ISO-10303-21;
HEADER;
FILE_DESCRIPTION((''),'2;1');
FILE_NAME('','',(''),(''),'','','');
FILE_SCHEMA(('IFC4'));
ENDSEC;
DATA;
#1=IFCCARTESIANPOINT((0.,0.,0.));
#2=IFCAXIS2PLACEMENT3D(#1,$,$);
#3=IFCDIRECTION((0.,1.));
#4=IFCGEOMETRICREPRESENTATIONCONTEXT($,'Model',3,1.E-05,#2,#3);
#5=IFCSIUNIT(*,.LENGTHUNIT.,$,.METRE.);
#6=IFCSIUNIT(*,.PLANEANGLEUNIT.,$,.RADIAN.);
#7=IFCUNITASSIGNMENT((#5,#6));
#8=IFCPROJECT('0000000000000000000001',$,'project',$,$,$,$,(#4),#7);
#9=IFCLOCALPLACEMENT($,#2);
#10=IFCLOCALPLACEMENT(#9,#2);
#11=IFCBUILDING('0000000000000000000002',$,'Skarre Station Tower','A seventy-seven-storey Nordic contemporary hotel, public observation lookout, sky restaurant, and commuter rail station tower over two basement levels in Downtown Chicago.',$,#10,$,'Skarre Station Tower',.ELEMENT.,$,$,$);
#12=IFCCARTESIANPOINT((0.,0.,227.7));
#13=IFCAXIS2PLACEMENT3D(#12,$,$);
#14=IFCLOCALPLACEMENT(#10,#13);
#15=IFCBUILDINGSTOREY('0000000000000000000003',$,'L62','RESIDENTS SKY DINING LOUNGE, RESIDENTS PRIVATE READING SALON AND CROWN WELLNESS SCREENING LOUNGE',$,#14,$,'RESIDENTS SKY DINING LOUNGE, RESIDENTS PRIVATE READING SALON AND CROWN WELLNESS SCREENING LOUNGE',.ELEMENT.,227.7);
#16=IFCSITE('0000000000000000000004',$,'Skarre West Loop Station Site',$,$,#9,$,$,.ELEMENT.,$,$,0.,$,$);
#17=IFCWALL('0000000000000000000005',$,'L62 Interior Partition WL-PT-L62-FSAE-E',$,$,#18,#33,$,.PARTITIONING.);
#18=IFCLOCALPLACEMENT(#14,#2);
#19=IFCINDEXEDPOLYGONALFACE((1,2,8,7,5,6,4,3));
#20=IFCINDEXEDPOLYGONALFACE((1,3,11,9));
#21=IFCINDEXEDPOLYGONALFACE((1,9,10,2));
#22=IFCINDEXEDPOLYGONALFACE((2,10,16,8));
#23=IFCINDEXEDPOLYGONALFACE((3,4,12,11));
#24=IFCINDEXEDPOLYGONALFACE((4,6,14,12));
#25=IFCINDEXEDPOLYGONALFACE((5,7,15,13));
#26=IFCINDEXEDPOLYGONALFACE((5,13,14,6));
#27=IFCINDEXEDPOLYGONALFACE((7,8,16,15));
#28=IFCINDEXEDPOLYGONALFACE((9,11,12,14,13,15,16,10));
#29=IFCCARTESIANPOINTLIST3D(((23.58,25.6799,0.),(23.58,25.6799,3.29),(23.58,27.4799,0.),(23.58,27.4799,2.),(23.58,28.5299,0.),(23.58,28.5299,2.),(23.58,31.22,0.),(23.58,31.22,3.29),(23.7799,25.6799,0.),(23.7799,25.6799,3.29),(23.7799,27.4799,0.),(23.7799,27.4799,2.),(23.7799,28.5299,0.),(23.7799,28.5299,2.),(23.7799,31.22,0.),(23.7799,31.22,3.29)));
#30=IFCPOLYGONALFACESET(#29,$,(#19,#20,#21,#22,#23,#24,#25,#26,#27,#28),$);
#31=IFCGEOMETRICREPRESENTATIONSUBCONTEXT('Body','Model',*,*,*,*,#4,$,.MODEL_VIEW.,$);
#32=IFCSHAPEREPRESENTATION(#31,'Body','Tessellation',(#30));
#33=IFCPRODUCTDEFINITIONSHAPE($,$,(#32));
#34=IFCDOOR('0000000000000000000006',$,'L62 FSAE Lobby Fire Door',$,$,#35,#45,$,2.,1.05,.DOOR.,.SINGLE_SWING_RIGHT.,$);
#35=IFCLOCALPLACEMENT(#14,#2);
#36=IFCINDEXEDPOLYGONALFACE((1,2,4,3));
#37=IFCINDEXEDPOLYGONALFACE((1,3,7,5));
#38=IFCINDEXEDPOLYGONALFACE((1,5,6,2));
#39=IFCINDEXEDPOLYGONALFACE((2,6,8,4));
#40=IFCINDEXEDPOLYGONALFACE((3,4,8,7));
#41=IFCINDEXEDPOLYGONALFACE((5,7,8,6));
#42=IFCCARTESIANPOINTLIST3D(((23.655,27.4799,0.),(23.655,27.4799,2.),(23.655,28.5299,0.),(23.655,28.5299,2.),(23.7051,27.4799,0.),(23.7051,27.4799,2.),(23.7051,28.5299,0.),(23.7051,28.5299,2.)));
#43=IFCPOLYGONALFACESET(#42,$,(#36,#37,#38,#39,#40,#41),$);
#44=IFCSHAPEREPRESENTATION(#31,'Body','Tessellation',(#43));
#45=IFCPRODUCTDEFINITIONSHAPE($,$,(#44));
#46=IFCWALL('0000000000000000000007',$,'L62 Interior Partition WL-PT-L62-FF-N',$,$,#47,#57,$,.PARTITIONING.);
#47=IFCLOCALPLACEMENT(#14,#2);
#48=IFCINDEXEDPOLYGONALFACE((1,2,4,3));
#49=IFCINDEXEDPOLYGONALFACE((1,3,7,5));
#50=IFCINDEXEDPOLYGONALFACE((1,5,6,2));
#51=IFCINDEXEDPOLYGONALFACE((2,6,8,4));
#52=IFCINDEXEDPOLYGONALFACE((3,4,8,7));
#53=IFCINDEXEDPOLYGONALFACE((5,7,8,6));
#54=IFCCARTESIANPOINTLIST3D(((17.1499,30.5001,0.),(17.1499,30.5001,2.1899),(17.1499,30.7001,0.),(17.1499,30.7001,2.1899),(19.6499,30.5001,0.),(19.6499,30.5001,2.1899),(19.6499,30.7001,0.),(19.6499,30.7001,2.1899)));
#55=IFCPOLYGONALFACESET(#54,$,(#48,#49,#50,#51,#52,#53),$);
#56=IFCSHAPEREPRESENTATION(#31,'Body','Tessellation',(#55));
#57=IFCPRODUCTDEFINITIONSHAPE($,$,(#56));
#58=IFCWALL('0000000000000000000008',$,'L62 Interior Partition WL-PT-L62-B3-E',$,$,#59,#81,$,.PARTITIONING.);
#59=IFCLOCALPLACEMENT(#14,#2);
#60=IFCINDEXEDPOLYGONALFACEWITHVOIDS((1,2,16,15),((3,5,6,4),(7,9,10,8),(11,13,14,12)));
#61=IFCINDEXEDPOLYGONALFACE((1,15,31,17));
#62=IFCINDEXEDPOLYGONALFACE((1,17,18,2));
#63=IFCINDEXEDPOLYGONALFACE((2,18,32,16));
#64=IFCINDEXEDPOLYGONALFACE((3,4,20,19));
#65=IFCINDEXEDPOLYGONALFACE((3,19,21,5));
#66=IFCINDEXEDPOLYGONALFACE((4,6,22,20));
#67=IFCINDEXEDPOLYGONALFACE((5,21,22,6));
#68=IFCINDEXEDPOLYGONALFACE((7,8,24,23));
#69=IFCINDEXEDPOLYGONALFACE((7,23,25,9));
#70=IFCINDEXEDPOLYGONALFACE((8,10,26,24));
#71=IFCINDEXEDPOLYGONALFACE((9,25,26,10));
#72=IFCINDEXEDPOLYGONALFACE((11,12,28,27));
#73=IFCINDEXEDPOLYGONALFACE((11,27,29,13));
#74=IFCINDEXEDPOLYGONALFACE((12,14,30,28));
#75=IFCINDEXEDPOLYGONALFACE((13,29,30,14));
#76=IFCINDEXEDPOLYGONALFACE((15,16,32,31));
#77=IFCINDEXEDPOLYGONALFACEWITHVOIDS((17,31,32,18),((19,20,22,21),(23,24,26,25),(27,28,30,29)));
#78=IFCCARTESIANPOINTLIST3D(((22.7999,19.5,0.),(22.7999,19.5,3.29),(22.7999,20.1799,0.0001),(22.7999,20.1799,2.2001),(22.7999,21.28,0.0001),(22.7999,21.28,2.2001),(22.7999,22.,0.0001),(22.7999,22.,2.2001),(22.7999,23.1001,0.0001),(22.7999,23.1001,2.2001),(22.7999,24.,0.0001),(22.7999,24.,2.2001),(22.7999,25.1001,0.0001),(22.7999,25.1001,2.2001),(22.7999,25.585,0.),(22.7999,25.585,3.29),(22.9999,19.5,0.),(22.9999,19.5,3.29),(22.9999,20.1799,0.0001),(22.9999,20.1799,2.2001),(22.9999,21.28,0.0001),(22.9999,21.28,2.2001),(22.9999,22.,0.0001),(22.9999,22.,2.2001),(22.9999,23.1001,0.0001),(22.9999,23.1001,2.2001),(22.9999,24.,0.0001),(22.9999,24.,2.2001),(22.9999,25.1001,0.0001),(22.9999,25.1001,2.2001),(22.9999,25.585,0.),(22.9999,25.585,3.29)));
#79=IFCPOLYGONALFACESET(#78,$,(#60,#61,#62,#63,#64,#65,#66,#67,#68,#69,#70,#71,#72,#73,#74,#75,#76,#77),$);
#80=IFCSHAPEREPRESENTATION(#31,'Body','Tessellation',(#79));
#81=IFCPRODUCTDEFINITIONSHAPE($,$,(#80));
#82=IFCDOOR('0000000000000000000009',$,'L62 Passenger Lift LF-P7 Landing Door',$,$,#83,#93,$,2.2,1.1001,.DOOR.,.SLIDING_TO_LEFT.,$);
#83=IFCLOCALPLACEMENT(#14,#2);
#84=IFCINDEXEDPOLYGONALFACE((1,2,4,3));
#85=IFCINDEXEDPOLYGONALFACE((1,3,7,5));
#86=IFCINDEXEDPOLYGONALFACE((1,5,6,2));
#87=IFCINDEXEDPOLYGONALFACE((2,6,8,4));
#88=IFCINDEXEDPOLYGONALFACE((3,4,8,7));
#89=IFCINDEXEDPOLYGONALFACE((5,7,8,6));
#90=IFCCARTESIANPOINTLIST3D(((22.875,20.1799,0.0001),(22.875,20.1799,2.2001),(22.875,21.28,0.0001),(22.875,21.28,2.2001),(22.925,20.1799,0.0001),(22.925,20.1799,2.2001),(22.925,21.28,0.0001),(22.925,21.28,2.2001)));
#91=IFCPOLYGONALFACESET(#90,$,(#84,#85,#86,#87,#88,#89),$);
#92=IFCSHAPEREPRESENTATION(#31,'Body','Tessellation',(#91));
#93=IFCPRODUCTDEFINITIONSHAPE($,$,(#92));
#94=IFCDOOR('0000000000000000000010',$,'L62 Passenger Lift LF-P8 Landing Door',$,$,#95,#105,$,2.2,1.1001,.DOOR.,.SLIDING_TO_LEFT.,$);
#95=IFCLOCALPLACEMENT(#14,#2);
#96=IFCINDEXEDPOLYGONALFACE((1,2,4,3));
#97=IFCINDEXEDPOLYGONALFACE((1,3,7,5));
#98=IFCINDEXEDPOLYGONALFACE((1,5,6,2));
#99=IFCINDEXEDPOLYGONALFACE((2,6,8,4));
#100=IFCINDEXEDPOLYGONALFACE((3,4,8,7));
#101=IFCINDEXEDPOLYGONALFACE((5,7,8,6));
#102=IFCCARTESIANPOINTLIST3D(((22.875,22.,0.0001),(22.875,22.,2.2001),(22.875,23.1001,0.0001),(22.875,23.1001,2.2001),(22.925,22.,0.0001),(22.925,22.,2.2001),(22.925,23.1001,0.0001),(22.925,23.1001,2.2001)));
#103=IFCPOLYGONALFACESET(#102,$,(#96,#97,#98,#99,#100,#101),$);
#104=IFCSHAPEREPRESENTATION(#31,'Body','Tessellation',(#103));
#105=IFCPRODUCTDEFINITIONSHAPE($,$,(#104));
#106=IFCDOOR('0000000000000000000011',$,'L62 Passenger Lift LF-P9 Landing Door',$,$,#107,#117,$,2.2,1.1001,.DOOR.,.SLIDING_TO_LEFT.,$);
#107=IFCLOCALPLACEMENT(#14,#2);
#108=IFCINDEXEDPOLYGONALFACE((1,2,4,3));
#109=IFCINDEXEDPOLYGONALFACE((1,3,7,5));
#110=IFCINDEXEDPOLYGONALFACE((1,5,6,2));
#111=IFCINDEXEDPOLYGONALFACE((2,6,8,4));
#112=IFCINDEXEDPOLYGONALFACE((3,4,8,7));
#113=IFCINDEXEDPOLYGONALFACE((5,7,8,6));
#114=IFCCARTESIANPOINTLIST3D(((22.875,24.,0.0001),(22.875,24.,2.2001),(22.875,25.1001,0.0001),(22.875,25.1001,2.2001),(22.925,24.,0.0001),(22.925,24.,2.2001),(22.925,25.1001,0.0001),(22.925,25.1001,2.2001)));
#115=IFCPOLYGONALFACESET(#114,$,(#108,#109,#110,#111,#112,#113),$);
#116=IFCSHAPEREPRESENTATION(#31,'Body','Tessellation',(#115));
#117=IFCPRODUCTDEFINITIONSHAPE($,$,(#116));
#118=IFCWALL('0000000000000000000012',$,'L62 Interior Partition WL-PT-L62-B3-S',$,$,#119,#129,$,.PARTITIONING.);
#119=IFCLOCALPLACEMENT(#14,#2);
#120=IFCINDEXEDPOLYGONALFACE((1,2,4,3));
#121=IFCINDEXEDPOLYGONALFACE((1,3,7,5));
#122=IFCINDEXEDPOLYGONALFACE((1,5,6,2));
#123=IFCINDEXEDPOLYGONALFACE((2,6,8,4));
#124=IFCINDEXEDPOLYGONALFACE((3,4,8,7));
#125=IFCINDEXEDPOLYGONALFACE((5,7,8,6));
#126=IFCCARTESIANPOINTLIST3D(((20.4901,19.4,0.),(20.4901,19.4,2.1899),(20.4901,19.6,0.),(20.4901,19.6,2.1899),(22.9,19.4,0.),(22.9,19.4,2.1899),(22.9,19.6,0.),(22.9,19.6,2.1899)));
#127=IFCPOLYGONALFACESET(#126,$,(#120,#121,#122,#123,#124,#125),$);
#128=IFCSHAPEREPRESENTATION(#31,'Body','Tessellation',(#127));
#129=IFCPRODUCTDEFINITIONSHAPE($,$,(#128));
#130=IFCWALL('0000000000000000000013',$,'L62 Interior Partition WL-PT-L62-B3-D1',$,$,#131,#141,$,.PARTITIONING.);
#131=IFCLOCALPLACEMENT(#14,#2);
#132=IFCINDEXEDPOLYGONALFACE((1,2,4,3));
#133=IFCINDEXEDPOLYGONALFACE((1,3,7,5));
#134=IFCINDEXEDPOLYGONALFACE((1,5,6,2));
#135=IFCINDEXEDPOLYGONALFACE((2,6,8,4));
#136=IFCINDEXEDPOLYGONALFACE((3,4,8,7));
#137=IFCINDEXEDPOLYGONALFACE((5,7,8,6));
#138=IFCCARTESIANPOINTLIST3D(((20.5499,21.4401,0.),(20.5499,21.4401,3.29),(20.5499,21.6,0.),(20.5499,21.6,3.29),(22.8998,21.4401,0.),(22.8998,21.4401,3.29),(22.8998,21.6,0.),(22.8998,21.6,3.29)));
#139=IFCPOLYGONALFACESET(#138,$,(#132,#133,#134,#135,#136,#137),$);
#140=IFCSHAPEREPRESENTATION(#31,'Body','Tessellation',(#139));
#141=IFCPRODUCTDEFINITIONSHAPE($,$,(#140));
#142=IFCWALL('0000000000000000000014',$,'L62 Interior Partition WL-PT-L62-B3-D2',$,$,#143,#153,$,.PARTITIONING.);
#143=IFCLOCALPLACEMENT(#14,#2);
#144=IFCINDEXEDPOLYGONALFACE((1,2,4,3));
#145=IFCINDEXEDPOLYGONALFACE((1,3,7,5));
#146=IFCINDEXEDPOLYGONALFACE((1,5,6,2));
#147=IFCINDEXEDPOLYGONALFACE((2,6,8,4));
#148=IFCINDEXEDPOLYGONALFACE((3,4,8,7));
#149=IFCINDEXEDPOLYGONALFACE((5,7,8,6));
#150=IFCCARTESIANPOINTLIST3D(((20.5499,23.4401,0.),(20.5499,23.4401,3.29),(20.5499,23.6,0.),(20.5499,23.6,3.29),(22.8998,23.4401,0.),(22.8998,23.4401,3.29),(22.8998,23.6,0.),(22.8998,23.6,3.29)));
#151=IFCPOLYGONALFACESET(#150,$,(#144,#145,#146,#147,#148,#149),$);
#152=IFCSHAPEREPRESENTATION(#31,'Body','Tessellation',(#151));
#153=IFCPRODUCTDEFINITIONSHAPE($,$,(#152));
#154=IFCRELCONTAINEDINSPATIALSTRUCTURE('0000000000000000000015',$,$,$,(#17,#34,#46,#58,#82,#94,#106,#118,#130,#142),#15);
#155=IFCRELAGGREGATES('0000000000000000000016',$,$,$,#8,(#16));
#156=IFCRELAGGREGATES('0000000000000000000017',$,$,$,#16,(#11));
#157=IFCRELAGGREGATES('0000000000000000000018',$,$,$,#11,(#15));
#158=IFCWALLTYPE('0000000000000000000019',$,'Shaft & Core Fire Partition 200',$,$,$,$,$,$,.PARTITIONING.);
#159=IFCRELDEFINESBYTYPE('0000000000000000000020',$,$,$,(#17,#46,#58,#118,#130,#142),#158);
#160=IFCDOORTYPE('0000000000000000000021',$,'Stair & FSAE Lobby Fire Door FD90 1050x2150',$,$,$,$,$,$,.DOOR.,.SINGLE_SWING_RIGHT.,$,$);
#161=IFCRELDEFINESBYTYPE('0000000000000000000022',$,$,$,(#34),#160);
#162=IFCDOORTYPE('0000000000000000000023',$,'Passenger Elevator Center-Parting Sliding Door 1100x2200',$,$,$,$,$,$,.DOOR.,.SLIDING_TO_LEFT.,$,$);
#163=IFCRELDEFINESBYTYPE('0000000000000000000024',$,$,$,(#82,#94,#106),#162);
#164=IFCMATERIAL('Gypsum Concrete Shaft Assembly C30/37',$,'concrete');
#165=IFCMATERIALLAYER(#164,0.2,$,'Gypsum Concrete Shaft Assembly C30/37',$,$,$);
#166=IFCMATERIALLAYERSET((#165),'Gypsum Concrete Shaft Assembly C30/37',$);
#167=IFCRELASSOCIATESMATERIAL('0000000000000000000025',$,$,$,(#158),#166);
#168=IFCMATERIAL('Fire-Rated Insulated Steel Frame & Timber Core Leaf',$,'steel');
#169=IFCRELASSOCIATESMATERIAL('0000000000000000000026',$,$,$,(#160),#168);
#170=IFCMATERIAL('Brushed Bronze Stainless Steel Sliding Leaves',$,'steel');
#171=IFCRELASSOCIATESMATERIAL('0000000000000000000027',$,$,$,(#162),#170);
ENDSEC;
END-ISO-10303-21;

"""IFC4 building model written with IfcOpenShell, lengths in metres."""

from ifc_helpers import new_model, si_unit, direction, frame, frame_2d, origin, place, context, subcontext, project, spatial, rectangle, extrude, material, layer, layer_set, type_object, element, fill, save


model = new_model("IFC4")

# Units and contexts
model_context = context("Model", 3, precision=1e-05, world=origin(), true_north=direction((0.0, 1.0)))
body_context = subcontext(model_context, "Body", "Model", "MODEL_VIEW")
ifc_project = project(units=[si_unit("LENGTHUNIT", "METRE"), si_unit("PLANEANGLEUNIT", "RADIAN")], contexts=[model_context])

# Site, building, storey
site_placement = place(None, origin())
site = spatial("IfcSite", under=ifc_project, at=site_placement, Name="Skarre West Loop Station Site", CompositionType="ELEMENT", RefElevation=0.0)
building_placement = place(site_placement, origin())
building = spatial("IfcBuilding", under=site, at=building_placement, Name="Skarre Station Tower", Description="A seventy-seven-storey Nordic contemporary hotel, public observation lookout, sky restaurant, and commuter rail station tower over two basement levels in Downtown Chicago.", LongName="Skarre Station Tower", CompositionType="ELEMENT")
storey_placement = place(building_placement, frame((0.0, 0.0, 227.7)))
storey = spatial("IfcBuildingStorey", under=building, at=storey_placement, Name="L62", Description="RESIDENTS SKY DINING LOUNGE, RESIDENTS PRIVATE READING SALON AND CROWN WELLNESS SCREENING LOUNGE", LongName="RESIDENTS SKY DINING LOUNGE, RESIDENTS PRIVATE READING SALON AND CROWN WELLNESS SCREENING LOUNGE", CompositionType="ELEMENT", Elevation=227.7)

# Shared definitions
ifc_material_1 = material(Name="Gypsum Concrete Shaft Assembly C30/37", Category="concrete")
ifc_layer_1 = layer(ifc_material_1, 0.2, Name="Gypsum Concrete Shaft Assembly C30/37")
ifc_layer_set_1 = layer_set([ifc_layer_1], Name="Gypsum Concrete Shaft Assembly C30/37")
wall_type_1 = type_object("IfcWallType", Name="Shaft & Core Fire Partition 200", PredefinedType="PARTITIONING", material=ifc_layer_set_1)

# Wall, opening, door
wall_1_placement = place(storey_placement, frame((23.6799, 25.6799, 0.0), z_axis=(0.0, 0.0, 1.0), x_axis=(0.0, 1.0, 0.0)))
wall_1 = element("IfcWall", 1, at=wall_1_placement, inside=storey, type_object=wall_type_1, Name="L62 Interior Partition WL-PT-L62-FSAE-E", PredefinedType="PARTITIONING", context=body_context, shape_type="SweptSolid", body=[
    extrude(rectangle(XDim=5.54, YDim=0.2, at=frame_2d((2.77, 0.0))), origin(), (0.0, 0.0, 1.0), 3.29),
])
opening_1_placement = place(wall_1_placement, frame((1.8, 0.0, 0.0)))
opening_1 = element("IfcOpeningElement", 2, at=opening_1_placement, cuts=wall_1, PredefinedType="OPENING", context=body_context, shape_type="SweptSolid", body=[
    extrude(rectangle(XDim=1.05, YDim=2.0, at=frame_2d((0.5249, 1.0))), frame((0.0, 0.1099, 0.0), z_axis=(0.0, -1.0, 0.0), x_axis=(1.0, 0.0, 0.0)), (0.0, 0.0, 1.0), 0.22),
])
ifc_material_2 = material(Name="Fire-Rated Insulated Steel Frame & Timber Core Leaf", Category="steel")
door_type_1 = type_object("IfcDoorType", Name="Stair & FSAE Lobby Fire Door FD90 1050x2150", OperationType="SINGLE_SWING_RIGHT", PredefinedType="DOOR", material=ifc_material_2)
door_1_placement = place(opening_1_placement, origin())
door_1 = element("IfcDoor", 3, at=door_1_placement, inside=storey, type_object=door_type_1, Name="L62 FSAE Lobby Fire Door", OperationType="SINGLE_SWING_RIGHT", OverallHeight=2.0, OverallWidth=1.05, PredefinedType="DOOR", context=body_context, shape_type="SweptSolid", body=[
    extrude(rectangle(XDim=1.05, YDim=2.0, at=frame_2d((0.5249, 1.0))), frame((0.0, 0.0249, 0.0), z_axis=(0.0, -1.0, 0.0), x_axis=(1.0, 0.0, 0.0)), (0.0, 0.0, 1.0), 0.05),
])
fill(opening_1, door_1)

# Wall
wall_2_placement = place(storey_placement, frame((19.6499, 30.6001, 0.0), z_axis=(0.0, 0.0, 1.0), x_axis=(-1.0, 0.0, 0.0)))
element("IfcWall", 4, at=wall_2_placement, inside=storey, type_object=wall_type_1, Name="L62 Interior Partition WL-PT-L62-FF-N", PredefinedType="PARTITIONING", context=body_context, shape_type="SweptSolid", body=[
    extrude(rectangle(XDim=2.5, YDim=0.2, at=frame_2d((1.25, 0.0))), origin(), (0.0, 0.0, 1.0), 2.1899),
])

# Wall, openings, doors
wall_3_placement = place(storey_placement, frame((22.8999, 19.5, 0.0), z_axis=(0.0, 0.0, 1.0), x_axis=(0.0, 1.0, 0.0)))
wall_3 = element("IfcWall", 5, at=wall_3_placement, inside=storey, type_object=wall_type_1, Name="L62 Interior Partition WL-PT-L62-B3-E", PredefinedType="PARTITIONING", context=body_context, shape_type="SweptSolid", body=[
    extrude(rectangle(XDim=6.085, YDim=0.2, at=frame_2d((3.0425, 0.0))), origin(), (0.0, 0.0, 1.0), 3.29),
])
opening_2_placement = place(wall_3_placement, frame((0.6799, 0.0, 0.0)))
opening_2 = element("IfcOpeningElement", 6, at=opening_2_placement, cuts=wall_3, PredefinedType="OPENING", context=body_context, shape_type="SweptSolid", body=[
    extrude(rectangle(XDim=1.1001, YDim=2.2, at=frame_2d((0.55, 1.1001))), frame((0.0, 0.1099, 0.0), z_axis=(0.0, -1.0, 0.0), x_axis=(1.0, 0.0, 0.0)), (0.0, 0.0, 1.0), 0.22),
])
opening_3_placement = place(wall_3_placement, frame((2.5, 0.0, 0.0)))
opening_3 = element("IfcOpeningElement", 7, at=opening_3_placement, cuts=wall_3, PredefinedType="OPENING", context=body_context, shape_type="SweptSolid", body=[
    extrude(rectangle(XDim=1.1001, YDim=2.2, at=frame_2d((0.55, 1.1001))), frame((0.0, 0.1099, 0.0), z_axis=(0.0, -1.0, 0.0), x_axis=(1.0, 0.0, 0.0)), (0.0, 0.0, 1.0), 0.22),
])
opening_4_placement = place(wall_3_placement, frame((4.5, 0.0, 0.0)))
opening_4 = element("IfcOpeningElement", 8, at=opening_4_placement, cuts=wall_3, PredefinedType="OPENING", context=body_context, shape_type="SweptSolid", body=[
    extrude(rectangle(XDim=1.1001, YDim=2.2, at=frame_2d((0.55, 1.1001))), frame((0.0, 0.1099, 0.0), z_axis=(0.0, -1.0, 0.0), x_axis=(1.0, 0.0, 0.0)), (0.0, 0.0, 1.0), 0.22),
])
ifc_material_3 = material(Name="Brushed Bronze Stainless Steel Sliding Leaves", Category="steel")
door_type_2 = type_object("IfcDoorType", Name="Passenger Elevator Center-Parting Sliding Door 1100x2200", OperationType="SLIDING_TO_LEFT", PredefinedType="DOOR", material=ifc_material_3)
door_2_placement = place(opening_2_placement, origin())
door_2 = element("IfcDoor", 9, at=door_2_placement, inside=storey, type_object=door_type_2, Name="L62 Passenger Lift LF-P7 Landing Door", OperationType="SLIDING_TO_LEFT", OverallHeight=2.2, OverallWidth=1.1001, PredefinedType="DOOR", context=body_context, shape_type="SweptSolid", body=[
    extrude(rectangle(XDim=1.1001, YDim=2.2, at=frame_2d((0.55, 1.1001))), frame((0.0, 0.0249, 0.0), z_axis=(0.0, -1.0, 0.0), x_axis=(1.0, 0.0, 0.0)), (0.0, 0.0, 1.0), 0.05),
])
fill(opening_2, door_2)
door_3_placement = place(opening_3_placement, origin())
door_3 = element("IfcDoor", 10, at=door_3_placement, inside=storey, type_object=door_type_2, Name="L62 Passenger Lift LF-P8 Landing Door", OperationType="SLIDING_TO_LEFT", OverallHeight=2.2, OverallWidth=1.1001, PredefinedType="DOOR", context=body_context, shape_type="SweptSolid", body=[
    extrude(rectangle(XDim=1.1001, YDim=2.2, at=frame_2d((0.55, 1.1001))), frame((0.0, 0.0249, 0.0), z_axis=(0.0, -1.0, 0.0), x_axis=(1.0, 0.0, 0.0)), (0.0, 0.0, 1.0), 0.05),
])
fill(opening_3, door_3)
door_4_placement = place(opening_4_placement, origin())
door_4 = element("IfcDoor", 11, at=door_4_placement, inside=storey, type_object=door_type_2, Name="L62 Passenger Lift LF-P9 Landing Door", OperationType="SLIDING_TO_LEFT", OverallHeight=2.2, OverallWidth=1.1001, PredefinedType="DOOR", context=body_context, shape_type="SweptSolid", body=[
    extrude(rectangle(XDim=1.1001, YDim=2.2, at=frame_2d((0.55, 1.1001))), frame((0.0, 0.0249, 0.0), z_axis=(0.0, -1.0, 0.0), x_axis=(1.0, 0.0, 0.0)), (0.0, 0.0, 1.0), 0.05),
])
fill(opening_4, door_4)

# Walls
wall_4_placement = place(storey_placement, frame((20.49, 19.5, 0.0), z_axis=(0.0, 0.0, 1.0), x_axis=(1.0, 0.0, 0.0)))
element("IfcWall", 12, at=wall_4_placement, inside=storey, type_object=wall_type_1, Name="L62 Interior Partition WL-PT-L62-B3-S", PredefinedType="PARTITIONING", context=body_context, shape_type="SweptSolid", body=[
    extrude(rectangle(XDim=2.4099, YDim=0.2, at=frame_2d((1.2051, 0.0))), origin(), (0.0, 0.0, 1.0), 2.1899),
])
for number, where, z_axis, x_axis, name in (
    (13, (20.55, 21.52, 0.0), (0.0, 0.0, 1.0), (1.0, 0.0, 0.0), "L62 Interior Partition WL-PT-L62-B3-D1"),
    (14, (20.55, 23.52, 0.0), (0.0, 0.0, 1.0), (1.0, 0.0, 0.0), "L62 Interior Partition WL-PT-L62-B3-D2"),
):
    element("IfcWall", number, at=place(storey_placement, frame(where, z_axis=z_axis, x_axis=x_axis)), inside=storey, type_object=wall_type_1, Name=name, PredefinedType="PARTITIONING", context=body_context, shape_type="SweptSolid", body=[
        extrude(rectangle(XDim=2.3499, YDim=0.1599, at=frame_2d((1.1748, 0.0))), origin(), (0.0, 0.0, 1.0), 3.29),
    ])

save(model, "model.ifc")
